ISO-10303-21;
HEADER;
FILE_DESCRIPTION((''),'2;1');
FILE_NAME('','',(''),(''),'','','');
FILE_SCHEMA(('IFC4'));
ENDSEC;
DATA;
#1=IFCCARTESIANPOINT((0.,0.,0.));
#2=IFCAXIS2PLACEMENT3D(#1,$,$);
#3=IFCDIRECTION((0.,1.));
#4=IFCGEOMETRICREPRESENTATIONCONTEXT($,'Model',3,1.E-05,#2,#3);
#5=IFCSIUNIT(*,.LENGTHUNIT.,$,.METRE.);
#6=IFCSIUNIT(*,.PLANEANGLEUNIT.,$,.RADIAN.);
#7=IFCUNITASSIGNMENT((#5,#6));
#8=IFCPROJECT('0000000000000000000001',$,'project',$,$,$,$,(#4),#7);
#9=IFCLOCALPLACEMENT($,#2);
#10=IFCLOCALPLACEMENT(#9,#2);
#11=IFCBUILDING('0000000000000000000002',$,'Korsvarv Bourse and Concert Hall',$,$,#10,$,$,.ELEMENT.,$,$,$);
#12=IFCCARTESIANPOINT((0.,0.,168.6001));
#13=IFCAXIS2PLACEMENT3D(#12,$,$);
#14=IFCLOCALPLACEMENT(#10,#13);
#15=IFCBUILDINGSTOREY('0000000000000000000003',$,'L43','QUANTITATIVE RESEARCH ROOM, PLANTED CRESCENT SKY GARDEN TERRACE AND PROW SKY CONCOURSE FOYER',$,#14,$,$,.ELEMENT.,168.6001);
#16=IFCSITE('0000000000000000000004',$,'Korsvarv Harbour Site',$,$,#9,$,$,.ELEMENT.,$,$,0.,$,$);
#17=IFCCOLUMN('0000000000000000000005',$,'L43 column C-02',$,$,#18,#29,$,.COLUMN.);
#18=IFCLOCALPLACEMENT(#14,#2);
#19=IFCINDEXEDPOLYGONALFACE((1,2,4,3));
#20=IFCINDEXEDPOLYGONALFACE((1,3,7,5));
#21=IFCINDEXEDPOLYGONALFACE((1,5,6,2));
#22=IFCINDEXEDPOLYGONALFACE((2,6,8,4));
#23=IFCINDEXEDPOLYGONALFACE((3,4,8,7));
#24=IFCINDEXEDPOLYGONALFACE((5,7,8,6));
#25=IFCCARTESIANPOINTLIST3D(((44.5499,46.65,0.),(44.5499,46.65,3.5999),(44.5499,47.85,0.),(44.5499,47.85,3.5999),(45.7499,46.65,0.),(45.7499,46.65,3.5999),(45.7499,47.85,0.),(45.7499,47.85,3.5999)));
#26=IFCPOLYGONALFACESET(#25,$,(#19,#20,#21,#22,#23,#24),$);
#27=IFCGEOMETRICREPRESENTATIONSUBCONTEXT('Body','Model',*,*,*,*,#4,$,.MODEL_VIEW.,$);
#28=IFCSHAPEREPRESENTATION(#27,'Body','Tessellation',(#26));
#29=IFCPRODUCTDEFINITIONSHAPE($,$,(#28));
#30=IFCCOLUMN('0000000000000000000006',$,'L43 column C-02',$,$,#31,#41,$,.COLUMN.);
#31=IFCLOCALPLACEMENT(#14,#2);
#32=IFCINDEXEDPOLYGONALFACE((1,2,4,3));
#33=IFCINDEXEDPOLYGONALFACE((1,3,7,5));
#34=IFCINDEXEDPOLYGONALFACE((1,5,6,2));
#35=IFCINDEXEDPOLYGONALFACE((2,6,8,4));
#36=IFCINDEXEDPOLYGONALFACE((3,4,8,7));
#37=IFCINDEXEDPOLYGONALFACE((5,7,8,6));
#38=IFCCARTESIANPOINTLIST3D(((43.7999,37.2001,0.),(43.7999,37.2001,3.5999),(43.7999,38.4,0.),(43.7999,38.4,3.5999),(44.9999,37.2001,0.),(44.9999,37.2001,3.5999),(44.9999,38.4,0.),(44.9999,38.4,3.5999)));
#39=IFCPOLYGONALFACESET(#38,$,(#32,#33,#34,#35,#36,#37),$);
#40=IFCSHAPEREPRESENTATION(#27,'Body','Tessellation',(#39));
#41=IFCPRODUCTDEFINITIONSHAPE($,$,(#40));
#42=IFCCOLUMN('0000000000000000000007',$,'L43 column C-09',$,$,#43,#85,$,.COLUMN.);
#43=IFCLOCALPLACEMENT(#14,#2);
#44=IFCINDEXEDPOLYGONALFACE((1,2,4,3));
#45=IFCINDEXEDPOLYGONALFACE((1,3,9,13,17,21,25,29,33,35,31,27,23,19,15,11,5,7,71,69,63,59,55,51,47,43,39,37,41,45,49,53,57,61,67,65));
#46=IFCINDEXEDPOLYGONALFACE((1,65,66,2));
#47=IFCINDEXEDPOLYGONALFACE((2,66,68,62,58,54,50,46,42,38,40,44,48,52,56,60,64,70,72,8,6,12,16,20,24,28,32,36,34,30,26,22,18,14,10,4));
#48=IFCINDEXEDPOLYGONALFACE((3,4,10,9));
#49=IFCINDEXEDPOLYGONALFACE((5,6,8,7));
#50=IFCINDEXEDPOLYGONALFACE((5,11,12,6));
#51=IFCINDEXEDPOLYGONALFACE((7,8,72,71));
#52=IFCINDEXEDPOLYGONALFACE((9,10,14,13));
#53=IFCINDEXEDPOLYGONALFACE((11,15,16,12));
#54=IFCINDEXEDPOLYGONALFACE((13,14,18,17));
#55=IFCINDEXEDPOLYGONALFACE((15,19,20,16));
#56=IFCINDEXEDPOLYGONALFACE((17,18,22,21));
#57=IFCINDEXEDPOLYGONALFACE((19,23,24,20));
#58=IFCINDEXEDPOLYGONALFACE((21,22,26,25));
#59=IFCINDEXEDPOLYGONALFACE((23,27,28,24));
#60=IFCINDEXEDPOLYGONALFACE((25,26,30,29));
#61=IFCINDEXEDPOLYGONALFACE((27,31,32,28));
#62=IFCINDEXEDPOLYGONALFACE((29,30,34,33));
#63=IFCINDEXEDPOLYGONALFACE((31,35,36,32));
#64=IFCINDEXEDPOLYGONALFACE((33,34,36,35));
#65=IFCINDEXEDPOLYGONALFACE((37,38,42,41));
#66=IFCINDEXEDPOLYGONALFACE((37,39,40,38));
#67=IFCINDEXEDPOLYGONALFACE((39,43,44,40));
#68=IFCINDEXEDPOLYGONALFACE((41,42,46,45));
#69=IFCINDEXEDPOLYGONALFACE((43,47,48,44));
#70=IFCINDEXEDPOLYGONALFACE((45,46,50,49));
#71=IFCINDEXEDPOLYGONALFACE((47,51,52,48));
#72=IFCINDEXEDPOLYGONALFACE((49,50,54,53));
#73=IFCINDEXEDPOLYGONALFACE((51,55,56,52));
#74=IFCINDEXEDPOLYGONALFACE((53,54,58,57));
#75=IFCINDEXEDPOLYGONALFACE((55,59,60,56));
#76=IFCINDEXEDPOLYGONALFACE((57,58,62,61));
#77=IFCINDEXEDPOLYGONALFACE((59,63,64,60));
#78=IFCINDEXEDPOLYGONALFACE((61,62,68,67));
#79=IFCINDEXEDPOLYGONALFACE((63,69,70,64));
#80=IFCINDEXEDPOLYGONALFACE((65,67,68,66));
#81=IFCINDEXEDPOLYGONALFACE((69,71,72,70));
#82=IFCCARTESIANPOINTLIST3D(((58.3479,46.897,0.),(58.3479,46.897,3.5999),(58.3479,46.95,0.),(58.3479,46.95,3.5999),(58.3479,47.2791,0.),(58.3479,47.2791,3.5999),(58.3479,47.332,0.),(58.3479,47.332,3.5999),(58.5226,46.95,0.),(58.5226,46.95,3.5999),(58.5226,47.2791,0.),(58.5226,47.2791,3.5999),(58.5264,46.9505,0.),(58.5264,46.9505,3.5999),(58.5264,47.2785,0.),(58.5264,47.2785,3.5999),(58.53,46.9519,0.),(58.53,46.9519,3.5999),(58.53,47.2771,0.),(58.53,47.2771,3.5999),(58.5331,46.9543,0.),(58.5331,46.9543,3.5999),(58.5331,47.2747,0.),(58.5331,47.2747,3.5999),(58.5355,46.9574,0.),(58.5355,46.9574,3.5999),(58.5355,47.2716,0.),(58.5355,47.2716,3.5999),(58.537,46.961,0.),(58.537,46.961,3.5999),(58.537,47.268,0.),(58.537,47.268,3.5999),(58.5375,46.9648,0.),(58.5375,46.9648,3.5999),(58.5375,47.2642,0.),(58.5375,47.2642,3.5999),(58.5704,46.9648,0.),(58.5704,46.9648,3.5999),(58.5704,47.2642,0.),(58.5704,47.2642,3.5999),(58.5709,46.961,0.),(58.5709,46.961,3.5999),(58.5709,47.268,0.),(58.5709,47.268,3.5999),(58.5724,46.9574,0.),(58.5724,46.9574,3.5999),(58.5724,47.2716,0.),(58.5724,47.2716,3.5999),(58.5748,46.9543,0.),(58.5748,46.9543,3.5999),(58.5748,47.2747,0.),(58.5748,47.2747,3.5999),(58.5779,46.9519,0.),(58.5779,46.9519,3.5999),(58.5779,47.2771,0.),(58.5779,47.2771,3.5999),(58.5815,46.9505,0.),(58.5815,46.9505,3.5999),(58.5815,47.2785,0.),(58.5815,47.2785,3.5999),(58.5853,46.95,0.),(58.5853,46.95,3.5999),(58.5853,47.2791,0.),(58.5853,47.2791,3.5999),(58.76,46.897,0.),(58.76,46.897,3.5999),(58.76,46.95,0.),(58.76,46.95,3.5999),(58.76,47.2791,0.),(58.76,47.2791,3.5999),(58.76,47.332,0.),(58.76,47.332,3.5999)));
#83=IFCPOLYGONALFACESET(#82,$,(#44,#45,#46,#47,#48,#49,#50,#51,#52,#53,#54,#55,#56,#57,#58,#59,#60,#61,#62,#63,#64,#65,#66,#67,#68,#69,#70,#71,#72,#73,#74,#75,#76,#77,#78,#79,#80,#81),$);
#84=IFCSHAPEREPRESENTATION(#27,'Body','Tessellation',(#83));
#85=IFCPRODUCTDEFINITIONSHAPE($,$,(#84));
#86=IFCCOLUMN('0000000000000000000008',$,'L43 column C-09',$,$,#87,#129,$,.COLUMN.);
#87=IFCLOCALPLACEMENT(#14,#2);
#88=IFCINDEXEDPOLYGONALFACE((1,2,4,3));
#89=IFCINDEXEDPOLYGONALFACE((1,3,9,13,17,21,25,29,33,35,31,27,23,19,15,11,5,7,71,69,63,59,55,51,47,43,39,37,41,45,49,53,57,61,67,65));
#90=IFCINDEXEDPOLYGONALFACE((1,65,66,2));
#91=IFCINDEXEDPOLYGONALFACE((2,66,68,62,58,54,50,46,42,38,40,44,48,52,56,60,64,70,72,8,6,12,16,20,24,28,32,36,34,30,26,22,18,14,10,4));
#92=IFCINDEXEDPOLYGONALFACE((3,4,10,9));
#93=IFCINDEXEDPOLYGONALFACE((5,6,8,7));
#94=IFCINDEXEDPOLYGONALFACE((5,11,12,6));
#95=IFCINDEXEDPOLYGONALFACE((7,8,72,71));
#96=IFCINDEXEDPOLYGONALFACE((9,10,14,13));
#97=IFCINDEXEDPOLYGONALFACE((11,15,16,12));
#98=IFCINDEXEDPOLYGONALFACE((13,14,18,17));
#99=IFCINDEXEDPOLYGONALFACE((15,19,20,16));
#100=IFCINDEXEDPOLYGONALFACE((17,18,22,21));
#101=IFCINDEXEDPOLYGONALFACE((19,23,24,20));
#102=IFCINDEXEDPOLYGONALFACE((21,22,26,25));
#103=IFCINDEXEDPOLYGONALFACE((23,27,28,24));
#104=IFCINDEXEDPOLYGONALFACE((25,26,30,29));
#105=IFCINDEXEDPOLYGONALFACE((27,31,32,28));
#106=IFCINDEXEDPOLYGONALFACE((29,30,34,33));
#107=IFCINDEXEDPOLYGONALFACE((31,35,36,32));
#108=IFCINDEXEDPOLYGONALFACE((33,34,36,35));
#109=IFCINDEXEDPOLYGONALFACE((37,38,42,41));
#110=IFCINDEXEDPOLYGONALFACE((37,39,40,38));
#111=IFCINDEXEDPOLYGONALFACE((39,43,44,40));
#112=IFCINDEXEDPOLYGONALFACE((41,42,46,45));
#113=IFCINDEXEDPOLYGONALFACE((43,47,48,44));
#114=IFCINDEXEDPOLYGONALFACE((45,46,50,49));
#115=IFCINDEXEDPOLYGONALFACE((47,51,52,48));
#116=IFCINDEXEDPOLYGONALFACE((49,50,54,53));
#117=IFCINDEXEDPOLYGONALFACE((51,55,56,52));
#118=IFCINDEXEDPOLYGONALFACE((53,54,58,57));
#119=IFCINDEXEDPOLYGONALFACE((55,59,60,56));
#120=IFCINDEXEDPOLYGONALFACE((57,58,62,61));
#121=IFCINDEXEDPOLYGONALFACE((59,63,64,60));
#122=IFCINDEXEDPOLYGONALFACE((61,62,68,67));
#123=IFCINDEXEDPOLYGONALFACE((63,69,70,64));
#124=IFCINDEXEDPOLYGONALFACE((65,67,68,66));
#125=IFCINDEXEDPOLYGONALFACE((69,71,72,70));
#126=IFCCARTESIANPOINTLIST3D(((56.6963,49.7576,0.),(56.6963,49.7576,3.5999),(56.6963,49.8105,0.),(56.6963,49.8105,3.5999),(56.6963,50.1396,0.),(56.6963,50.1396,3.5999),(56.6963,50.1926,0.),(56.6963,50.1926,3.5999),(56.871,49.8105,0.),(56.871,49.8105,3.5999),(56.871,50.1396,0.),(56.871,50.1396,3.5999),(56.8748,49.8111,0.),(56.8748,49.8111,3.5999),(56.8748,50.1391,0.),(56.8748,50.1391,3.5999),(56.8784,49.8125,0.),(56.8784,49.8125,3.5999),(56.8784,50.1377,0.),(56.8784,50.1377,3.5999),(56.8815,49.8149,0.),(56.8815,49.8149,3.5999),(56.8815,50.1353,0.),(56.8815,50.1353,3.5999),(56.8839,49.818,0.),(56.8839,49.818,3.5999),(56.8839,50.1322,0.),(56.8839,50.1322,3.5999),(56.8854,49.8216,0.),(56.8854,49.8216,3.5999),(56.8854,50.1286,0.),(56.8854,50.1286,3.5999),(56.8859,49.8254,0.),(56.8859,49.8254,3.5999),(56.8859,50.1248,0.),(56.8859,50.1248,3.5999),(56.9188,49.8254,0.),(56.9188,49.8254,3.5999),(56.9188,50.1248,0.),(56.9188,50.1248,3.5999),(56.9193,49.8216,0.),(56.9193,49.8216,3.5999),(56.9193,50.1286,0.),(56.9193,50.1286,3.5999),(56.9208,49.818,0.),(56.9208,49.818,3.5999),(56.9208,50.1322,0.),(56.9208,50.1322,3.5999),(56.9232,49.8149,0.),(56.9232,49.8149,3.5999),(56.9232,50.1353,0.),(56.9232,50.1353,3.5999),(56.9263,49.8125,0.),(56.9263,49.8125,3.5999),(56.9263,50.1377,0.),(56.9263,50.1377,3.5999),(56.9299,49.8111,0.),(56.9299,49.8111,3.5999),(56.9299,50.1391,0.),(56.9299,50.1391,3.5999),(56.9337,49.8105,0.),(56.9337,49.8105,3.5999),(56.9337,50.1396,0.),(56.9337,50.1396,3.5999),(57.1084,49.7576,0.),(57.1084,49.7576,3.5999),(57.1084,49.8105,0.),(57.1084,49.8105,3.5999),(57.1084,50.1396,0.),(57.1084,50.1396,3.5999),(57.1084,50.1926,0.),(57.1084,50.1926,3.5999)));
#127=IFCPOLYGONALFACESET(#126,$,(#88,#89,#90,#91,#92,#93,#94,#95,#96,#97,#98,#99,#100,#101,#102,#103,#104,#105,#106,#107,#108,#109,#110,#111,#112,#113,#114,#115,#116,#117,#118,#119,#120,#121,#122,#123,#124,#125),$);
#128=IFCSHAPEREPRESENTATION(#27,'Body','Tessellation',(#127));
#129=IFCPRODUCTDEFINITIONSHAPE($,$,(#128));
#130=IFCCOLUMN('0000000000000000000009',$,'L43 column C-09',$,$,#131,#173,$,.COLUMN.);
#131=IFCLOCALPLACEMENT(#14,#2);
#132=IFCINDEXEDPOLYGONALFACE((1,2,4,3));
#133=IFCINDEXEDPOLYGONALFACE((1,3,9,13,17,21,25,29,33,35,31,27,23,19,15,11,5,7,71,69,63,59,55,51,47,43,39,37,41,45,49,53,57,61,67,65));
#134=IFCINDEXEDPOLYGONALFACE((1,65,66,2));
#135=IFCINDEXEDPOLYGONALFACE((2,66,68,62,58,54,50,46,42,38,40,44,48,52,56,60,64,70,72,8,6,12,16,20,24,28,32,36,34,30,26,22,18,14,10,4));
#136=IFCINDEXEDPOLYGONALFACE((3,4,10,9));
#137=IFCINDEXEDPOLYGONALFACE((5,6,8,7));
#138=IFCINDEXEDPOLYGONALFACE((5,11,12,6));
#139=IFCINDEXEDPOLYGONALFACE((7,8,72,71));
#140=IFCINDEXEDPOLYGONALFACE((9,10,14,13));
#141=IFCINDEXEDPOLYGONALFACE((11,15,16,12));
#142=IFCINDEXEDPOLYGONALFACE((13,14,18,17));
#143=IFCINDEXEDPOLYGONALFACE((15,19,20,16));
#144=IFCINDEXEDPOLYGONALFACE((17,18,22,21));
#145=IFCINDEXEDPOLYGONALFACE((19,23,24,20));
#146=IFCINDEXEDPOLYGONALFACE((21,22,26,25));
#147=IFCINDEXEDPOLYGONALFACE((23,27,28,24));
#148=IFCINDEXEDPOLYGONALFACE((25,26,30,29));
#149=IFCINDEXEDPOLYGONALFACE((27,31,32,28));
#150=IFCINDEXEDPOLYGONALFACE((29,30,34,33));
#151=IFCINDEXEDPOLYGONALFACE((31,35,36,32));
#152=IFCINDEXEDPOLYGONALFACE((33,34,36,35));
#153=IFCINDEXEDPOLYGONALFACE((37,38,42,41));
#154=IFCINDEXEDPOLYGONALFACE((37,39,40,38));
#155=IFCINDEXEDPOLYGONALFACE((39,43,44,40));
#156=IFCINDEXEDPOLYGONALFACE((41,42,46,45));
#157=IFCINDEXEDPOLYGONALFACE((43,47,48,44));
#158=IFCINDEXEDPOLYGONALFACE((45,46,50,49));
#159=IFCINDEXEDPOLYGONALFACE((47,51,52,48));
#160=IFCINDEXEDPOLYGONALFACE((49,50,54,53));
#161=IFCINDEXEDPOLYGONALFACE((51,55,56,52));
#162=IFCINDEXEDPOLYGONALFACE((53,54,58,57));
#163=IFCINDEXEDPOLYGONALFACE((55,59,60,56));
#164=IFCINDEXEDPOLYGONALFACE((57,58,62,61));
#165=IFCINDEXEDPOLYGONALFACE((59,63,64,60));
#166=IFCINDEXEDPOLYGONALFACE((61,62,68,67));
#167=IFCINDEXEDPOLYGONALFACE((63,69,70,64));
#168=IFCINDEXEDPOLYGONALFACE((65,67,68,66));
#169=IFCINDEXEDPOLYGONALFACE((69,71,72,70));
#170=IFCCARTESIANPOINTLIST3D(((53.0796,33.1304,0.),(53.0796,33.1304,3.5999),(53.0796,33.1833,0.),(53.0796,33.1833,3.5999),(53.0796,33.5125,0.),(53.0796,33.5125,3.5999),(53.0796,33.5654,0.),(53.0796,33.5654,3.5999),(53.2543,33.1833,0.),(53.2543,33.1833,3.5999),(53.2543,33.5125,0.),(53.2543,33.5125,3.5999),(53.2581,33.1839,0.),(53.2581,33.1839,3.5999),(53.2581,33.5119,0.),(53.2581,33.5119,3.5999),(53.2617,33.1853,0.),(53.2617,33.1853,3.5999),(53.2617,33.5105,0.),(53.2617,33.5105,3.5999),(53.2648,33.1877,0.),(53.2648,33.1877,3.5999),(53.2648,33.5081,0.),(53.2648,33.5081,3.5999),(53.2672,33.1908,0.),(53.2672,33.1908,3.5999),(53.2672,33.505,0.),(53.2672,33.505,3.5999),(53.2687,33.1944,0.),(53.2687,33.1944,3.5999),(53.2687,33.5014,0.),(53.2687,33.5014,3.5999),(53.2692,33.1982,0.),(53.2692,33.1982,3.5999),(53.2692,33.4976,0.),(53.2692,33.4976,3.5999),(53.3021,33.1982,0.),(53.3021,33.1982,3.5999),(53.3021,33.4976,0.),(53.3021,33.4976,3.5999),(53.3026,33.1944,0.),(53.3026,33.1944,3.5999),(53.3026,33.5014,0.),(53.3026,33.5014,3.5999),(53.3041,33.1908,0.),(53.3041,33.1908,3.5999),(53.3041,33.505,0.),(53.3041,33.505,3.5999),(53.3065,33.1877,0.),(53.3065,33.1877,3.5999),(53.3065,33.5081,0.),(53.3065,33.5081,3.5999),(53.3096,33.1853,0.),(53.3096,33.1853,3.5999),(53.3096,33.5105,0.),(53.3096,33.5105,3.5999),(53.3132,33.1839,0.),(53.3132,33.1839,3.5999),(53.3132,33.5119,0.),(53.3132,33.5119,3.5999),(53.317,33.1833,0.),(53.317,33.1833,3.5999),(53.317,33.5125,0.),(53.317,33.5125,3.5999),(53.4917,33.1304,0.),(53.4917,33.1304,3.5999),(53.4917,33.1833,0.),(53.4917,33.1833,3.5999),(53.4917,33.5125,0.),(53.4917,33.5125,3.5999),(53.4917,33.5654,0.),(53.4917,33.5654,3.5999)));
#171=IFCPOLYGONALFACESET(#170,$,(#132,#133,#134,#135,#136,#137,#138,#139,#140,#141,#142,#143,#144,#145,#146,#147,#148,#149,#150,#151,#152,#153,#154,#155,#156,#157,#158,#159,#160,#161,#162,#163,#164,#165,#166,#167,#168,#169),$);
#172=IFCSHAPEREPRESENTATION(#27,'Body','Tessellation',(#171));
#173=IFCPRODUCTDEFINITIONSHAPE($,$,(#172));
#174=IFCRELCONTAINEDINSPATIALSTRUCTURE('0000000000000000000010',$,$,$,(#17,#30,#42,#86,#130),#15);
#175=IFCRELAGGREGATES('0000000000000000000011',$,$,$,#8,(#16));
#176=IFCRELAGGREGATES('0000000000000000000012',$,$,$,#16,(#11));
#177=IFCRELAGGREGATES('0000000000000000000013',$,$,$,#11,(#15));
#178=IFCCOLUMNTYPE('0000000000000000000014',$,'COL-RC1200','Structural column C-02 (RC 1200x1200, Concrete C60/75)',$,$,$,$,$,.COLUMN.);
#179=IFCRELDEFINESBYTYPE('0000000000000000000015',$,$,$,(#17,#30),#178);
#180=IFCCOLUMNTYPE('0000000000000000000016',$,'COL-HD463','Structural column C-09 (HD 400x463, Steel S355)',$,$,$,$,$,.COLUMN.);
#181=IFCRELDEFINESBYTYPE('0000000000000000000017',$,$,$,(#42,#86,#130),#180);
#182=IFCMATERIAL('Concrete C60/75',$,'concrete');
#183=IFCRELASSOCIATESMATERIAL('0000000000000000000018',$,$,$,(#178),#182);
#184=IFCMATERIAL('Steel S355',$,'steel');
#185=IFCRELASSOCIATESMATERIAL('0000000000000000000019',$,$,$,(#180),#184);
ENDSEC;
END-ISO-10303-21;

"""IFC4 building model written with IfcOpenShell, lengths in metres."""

from ifc_helpers import new_model, si_unit, direction, frame, origin, origin_2d, place, context, subcontext, project, spatial, rectangle, i_section, extrude, source, transform, mapped, material, material_profile, profile_set, type_object, element, save


model = new_model("IFC4")

# Units and contexts
model_context = context("Model", 3, precision=1e-05, world=origin(), true_north=direction((0.0, 1.0)))
body_context = subcontext(model_context, "Body", "Model", "MODEL_VIEW")
ifc_project = project(units=[si_unit("LENGTHUNIT", "METRE"), si_unit("PLANEANGLEUNIT", "RADIAN")], contexts=[model_context])

# Site, building, storey
site_placement = place(None, origin())
site = spatial("IfcSite", under=ifc_project, at=site_placement, Name="Korsvarv Harbour Site", CompositionType="ELEMENT", RefElevation=0.0)
building_placement = place(site_placement, origin())
building = spatial("IfcBuilding", under=site, at=building_placement, Name="Korsvarv Bourse and Concert Hall", CompositionType="ELEMENT")
storey_placement = place(building_placement, frame((0.0, 0.0, 168.6001)))
storey = spatial("IfcBuildingStorey", under=building, at=storey_placement, Name="L43", Description="QUANTITATIVE RESEARCH ROOM, PLANTED CRESCENT SKY GARDEN TERRACE AND PROW SKY CONCOURSE FOYER", CompositionType="ELEMENT", Elevation=168.6001)

# Columns
ifc_material_1 = material(Name="Concrete C60/75", Category="concrete")
ifc_material_profile_1 = material_profile(ifc_material_1, rectangle(XDim=1.2, YDim=1.2, at=origin_2d()), Name="RC 1200x1200")
ifc_profile_set_1 = profile_set([ifc_material_profile_1], Name="Concrete C60/75")
column_type_1 = type_object("IfcColumnType", Name="COL-RC1200", Description="Structural column C-02 (RC 1200x1200, Concrete C60/75)", PredefinedType="COLUMN", material=ifc_profile_set_1)
shared_shape_1 = source(origin(), body_context, "Body", "SweptSolid", [
    extrude(rectangle(XDim=1.2, YDim=1.2, at=origin_2d()), origin(), (0.0, 0.0, 1.0), 3.5999),
])
for number, where, z_axis, x_axis, name in (
    (1, (45.1499, 47.25, 0.0), (0.0, 0.0, 1.0), (1.0, 0.0, 0.0), "L43 column C-02"),
    (2, (44.3999, 37.8, 0.0), (0.0, 0.0, 1.0), (1.0, 0.0, 0.0), "L43 column C-02"),
):
    element("IfcColumn", number, at=place(storey_placement, frame(where, z_axis=z_axis, x_axis=x_axis)), inside=storey, type_object=column_type_1, Name=name, PredefinedType="COLUMN", context=body_context, shape_type="MappedRepresentation", body=[
        mapped(shared_shape_1, transform((0.0, 0.0, 0.0), scale=1.0)),
    ])
ifc_material_2 = material(Name="Steel S355", Category="steel")
ifc_material_profile_2 = material_profile(ifc_material_2, i_section(OverallWidth=0.4121, OverallDepth=0.4351, WebThickness=0.033, FlangeThickness=0.053, FilletRadius=0.0149, at=origin_2d()), Name="HD 400x463")
ifc_profile_set_2 = profile_set([ifc_material_profile_2], Name="Steel S355")
column_type_2 = type_object("IfcColumnType", Name="COL-HD463", Description="Structural column C-09 (HD 400x463, Steel S355)", PredefinedType="COLUMN", material=ifc_profile_set_2)
shared_shape_2 = source(origin(), body_context, "Body", "SweptSolid", [
    extrude(i_section(OverallWidth=0.4121, OverallDepth=0.4351, WebThickness=0.033, FlangeThickness=0.053, FilletRadius=0.0149, at=origin_2d()), origin(), (0.0, 0.0, 1.0), 3.5999),
])
for number, where, z_axis, x_axis, name in (
    (3, (58.554, 47.1145, 0.0), (0.0, 0.0, 1.0), (1.0, 0.0, 0.0), "L43 column C-09"),
    (4, (56.9023, 49.9751, 0.0), (0.0, 0.0, 1.0), (1.0, 0.0, 0.0), "L43 column C-09"),
    (5, (53.2856, 33.3479, 0.0), (0.0, 0.0, 1.0), (1.0, 0.0, 0.0), "L43 column C-09"),
):
    element("IfcColumn", number, at=place(storey_placement, frame(where, z_axis=z_axis, x_axis=x_axis)), inside=storey, type_object=column_type_2, Name=name, PredefinedType="COLUMN", context=body_context, shape_type="MappedRepresentation", body=[
        mapped(shared_shape_2, transform((0.0, 0.0, 0.0), scale=1.0)),
    ])

save(model, "model.ifc")
